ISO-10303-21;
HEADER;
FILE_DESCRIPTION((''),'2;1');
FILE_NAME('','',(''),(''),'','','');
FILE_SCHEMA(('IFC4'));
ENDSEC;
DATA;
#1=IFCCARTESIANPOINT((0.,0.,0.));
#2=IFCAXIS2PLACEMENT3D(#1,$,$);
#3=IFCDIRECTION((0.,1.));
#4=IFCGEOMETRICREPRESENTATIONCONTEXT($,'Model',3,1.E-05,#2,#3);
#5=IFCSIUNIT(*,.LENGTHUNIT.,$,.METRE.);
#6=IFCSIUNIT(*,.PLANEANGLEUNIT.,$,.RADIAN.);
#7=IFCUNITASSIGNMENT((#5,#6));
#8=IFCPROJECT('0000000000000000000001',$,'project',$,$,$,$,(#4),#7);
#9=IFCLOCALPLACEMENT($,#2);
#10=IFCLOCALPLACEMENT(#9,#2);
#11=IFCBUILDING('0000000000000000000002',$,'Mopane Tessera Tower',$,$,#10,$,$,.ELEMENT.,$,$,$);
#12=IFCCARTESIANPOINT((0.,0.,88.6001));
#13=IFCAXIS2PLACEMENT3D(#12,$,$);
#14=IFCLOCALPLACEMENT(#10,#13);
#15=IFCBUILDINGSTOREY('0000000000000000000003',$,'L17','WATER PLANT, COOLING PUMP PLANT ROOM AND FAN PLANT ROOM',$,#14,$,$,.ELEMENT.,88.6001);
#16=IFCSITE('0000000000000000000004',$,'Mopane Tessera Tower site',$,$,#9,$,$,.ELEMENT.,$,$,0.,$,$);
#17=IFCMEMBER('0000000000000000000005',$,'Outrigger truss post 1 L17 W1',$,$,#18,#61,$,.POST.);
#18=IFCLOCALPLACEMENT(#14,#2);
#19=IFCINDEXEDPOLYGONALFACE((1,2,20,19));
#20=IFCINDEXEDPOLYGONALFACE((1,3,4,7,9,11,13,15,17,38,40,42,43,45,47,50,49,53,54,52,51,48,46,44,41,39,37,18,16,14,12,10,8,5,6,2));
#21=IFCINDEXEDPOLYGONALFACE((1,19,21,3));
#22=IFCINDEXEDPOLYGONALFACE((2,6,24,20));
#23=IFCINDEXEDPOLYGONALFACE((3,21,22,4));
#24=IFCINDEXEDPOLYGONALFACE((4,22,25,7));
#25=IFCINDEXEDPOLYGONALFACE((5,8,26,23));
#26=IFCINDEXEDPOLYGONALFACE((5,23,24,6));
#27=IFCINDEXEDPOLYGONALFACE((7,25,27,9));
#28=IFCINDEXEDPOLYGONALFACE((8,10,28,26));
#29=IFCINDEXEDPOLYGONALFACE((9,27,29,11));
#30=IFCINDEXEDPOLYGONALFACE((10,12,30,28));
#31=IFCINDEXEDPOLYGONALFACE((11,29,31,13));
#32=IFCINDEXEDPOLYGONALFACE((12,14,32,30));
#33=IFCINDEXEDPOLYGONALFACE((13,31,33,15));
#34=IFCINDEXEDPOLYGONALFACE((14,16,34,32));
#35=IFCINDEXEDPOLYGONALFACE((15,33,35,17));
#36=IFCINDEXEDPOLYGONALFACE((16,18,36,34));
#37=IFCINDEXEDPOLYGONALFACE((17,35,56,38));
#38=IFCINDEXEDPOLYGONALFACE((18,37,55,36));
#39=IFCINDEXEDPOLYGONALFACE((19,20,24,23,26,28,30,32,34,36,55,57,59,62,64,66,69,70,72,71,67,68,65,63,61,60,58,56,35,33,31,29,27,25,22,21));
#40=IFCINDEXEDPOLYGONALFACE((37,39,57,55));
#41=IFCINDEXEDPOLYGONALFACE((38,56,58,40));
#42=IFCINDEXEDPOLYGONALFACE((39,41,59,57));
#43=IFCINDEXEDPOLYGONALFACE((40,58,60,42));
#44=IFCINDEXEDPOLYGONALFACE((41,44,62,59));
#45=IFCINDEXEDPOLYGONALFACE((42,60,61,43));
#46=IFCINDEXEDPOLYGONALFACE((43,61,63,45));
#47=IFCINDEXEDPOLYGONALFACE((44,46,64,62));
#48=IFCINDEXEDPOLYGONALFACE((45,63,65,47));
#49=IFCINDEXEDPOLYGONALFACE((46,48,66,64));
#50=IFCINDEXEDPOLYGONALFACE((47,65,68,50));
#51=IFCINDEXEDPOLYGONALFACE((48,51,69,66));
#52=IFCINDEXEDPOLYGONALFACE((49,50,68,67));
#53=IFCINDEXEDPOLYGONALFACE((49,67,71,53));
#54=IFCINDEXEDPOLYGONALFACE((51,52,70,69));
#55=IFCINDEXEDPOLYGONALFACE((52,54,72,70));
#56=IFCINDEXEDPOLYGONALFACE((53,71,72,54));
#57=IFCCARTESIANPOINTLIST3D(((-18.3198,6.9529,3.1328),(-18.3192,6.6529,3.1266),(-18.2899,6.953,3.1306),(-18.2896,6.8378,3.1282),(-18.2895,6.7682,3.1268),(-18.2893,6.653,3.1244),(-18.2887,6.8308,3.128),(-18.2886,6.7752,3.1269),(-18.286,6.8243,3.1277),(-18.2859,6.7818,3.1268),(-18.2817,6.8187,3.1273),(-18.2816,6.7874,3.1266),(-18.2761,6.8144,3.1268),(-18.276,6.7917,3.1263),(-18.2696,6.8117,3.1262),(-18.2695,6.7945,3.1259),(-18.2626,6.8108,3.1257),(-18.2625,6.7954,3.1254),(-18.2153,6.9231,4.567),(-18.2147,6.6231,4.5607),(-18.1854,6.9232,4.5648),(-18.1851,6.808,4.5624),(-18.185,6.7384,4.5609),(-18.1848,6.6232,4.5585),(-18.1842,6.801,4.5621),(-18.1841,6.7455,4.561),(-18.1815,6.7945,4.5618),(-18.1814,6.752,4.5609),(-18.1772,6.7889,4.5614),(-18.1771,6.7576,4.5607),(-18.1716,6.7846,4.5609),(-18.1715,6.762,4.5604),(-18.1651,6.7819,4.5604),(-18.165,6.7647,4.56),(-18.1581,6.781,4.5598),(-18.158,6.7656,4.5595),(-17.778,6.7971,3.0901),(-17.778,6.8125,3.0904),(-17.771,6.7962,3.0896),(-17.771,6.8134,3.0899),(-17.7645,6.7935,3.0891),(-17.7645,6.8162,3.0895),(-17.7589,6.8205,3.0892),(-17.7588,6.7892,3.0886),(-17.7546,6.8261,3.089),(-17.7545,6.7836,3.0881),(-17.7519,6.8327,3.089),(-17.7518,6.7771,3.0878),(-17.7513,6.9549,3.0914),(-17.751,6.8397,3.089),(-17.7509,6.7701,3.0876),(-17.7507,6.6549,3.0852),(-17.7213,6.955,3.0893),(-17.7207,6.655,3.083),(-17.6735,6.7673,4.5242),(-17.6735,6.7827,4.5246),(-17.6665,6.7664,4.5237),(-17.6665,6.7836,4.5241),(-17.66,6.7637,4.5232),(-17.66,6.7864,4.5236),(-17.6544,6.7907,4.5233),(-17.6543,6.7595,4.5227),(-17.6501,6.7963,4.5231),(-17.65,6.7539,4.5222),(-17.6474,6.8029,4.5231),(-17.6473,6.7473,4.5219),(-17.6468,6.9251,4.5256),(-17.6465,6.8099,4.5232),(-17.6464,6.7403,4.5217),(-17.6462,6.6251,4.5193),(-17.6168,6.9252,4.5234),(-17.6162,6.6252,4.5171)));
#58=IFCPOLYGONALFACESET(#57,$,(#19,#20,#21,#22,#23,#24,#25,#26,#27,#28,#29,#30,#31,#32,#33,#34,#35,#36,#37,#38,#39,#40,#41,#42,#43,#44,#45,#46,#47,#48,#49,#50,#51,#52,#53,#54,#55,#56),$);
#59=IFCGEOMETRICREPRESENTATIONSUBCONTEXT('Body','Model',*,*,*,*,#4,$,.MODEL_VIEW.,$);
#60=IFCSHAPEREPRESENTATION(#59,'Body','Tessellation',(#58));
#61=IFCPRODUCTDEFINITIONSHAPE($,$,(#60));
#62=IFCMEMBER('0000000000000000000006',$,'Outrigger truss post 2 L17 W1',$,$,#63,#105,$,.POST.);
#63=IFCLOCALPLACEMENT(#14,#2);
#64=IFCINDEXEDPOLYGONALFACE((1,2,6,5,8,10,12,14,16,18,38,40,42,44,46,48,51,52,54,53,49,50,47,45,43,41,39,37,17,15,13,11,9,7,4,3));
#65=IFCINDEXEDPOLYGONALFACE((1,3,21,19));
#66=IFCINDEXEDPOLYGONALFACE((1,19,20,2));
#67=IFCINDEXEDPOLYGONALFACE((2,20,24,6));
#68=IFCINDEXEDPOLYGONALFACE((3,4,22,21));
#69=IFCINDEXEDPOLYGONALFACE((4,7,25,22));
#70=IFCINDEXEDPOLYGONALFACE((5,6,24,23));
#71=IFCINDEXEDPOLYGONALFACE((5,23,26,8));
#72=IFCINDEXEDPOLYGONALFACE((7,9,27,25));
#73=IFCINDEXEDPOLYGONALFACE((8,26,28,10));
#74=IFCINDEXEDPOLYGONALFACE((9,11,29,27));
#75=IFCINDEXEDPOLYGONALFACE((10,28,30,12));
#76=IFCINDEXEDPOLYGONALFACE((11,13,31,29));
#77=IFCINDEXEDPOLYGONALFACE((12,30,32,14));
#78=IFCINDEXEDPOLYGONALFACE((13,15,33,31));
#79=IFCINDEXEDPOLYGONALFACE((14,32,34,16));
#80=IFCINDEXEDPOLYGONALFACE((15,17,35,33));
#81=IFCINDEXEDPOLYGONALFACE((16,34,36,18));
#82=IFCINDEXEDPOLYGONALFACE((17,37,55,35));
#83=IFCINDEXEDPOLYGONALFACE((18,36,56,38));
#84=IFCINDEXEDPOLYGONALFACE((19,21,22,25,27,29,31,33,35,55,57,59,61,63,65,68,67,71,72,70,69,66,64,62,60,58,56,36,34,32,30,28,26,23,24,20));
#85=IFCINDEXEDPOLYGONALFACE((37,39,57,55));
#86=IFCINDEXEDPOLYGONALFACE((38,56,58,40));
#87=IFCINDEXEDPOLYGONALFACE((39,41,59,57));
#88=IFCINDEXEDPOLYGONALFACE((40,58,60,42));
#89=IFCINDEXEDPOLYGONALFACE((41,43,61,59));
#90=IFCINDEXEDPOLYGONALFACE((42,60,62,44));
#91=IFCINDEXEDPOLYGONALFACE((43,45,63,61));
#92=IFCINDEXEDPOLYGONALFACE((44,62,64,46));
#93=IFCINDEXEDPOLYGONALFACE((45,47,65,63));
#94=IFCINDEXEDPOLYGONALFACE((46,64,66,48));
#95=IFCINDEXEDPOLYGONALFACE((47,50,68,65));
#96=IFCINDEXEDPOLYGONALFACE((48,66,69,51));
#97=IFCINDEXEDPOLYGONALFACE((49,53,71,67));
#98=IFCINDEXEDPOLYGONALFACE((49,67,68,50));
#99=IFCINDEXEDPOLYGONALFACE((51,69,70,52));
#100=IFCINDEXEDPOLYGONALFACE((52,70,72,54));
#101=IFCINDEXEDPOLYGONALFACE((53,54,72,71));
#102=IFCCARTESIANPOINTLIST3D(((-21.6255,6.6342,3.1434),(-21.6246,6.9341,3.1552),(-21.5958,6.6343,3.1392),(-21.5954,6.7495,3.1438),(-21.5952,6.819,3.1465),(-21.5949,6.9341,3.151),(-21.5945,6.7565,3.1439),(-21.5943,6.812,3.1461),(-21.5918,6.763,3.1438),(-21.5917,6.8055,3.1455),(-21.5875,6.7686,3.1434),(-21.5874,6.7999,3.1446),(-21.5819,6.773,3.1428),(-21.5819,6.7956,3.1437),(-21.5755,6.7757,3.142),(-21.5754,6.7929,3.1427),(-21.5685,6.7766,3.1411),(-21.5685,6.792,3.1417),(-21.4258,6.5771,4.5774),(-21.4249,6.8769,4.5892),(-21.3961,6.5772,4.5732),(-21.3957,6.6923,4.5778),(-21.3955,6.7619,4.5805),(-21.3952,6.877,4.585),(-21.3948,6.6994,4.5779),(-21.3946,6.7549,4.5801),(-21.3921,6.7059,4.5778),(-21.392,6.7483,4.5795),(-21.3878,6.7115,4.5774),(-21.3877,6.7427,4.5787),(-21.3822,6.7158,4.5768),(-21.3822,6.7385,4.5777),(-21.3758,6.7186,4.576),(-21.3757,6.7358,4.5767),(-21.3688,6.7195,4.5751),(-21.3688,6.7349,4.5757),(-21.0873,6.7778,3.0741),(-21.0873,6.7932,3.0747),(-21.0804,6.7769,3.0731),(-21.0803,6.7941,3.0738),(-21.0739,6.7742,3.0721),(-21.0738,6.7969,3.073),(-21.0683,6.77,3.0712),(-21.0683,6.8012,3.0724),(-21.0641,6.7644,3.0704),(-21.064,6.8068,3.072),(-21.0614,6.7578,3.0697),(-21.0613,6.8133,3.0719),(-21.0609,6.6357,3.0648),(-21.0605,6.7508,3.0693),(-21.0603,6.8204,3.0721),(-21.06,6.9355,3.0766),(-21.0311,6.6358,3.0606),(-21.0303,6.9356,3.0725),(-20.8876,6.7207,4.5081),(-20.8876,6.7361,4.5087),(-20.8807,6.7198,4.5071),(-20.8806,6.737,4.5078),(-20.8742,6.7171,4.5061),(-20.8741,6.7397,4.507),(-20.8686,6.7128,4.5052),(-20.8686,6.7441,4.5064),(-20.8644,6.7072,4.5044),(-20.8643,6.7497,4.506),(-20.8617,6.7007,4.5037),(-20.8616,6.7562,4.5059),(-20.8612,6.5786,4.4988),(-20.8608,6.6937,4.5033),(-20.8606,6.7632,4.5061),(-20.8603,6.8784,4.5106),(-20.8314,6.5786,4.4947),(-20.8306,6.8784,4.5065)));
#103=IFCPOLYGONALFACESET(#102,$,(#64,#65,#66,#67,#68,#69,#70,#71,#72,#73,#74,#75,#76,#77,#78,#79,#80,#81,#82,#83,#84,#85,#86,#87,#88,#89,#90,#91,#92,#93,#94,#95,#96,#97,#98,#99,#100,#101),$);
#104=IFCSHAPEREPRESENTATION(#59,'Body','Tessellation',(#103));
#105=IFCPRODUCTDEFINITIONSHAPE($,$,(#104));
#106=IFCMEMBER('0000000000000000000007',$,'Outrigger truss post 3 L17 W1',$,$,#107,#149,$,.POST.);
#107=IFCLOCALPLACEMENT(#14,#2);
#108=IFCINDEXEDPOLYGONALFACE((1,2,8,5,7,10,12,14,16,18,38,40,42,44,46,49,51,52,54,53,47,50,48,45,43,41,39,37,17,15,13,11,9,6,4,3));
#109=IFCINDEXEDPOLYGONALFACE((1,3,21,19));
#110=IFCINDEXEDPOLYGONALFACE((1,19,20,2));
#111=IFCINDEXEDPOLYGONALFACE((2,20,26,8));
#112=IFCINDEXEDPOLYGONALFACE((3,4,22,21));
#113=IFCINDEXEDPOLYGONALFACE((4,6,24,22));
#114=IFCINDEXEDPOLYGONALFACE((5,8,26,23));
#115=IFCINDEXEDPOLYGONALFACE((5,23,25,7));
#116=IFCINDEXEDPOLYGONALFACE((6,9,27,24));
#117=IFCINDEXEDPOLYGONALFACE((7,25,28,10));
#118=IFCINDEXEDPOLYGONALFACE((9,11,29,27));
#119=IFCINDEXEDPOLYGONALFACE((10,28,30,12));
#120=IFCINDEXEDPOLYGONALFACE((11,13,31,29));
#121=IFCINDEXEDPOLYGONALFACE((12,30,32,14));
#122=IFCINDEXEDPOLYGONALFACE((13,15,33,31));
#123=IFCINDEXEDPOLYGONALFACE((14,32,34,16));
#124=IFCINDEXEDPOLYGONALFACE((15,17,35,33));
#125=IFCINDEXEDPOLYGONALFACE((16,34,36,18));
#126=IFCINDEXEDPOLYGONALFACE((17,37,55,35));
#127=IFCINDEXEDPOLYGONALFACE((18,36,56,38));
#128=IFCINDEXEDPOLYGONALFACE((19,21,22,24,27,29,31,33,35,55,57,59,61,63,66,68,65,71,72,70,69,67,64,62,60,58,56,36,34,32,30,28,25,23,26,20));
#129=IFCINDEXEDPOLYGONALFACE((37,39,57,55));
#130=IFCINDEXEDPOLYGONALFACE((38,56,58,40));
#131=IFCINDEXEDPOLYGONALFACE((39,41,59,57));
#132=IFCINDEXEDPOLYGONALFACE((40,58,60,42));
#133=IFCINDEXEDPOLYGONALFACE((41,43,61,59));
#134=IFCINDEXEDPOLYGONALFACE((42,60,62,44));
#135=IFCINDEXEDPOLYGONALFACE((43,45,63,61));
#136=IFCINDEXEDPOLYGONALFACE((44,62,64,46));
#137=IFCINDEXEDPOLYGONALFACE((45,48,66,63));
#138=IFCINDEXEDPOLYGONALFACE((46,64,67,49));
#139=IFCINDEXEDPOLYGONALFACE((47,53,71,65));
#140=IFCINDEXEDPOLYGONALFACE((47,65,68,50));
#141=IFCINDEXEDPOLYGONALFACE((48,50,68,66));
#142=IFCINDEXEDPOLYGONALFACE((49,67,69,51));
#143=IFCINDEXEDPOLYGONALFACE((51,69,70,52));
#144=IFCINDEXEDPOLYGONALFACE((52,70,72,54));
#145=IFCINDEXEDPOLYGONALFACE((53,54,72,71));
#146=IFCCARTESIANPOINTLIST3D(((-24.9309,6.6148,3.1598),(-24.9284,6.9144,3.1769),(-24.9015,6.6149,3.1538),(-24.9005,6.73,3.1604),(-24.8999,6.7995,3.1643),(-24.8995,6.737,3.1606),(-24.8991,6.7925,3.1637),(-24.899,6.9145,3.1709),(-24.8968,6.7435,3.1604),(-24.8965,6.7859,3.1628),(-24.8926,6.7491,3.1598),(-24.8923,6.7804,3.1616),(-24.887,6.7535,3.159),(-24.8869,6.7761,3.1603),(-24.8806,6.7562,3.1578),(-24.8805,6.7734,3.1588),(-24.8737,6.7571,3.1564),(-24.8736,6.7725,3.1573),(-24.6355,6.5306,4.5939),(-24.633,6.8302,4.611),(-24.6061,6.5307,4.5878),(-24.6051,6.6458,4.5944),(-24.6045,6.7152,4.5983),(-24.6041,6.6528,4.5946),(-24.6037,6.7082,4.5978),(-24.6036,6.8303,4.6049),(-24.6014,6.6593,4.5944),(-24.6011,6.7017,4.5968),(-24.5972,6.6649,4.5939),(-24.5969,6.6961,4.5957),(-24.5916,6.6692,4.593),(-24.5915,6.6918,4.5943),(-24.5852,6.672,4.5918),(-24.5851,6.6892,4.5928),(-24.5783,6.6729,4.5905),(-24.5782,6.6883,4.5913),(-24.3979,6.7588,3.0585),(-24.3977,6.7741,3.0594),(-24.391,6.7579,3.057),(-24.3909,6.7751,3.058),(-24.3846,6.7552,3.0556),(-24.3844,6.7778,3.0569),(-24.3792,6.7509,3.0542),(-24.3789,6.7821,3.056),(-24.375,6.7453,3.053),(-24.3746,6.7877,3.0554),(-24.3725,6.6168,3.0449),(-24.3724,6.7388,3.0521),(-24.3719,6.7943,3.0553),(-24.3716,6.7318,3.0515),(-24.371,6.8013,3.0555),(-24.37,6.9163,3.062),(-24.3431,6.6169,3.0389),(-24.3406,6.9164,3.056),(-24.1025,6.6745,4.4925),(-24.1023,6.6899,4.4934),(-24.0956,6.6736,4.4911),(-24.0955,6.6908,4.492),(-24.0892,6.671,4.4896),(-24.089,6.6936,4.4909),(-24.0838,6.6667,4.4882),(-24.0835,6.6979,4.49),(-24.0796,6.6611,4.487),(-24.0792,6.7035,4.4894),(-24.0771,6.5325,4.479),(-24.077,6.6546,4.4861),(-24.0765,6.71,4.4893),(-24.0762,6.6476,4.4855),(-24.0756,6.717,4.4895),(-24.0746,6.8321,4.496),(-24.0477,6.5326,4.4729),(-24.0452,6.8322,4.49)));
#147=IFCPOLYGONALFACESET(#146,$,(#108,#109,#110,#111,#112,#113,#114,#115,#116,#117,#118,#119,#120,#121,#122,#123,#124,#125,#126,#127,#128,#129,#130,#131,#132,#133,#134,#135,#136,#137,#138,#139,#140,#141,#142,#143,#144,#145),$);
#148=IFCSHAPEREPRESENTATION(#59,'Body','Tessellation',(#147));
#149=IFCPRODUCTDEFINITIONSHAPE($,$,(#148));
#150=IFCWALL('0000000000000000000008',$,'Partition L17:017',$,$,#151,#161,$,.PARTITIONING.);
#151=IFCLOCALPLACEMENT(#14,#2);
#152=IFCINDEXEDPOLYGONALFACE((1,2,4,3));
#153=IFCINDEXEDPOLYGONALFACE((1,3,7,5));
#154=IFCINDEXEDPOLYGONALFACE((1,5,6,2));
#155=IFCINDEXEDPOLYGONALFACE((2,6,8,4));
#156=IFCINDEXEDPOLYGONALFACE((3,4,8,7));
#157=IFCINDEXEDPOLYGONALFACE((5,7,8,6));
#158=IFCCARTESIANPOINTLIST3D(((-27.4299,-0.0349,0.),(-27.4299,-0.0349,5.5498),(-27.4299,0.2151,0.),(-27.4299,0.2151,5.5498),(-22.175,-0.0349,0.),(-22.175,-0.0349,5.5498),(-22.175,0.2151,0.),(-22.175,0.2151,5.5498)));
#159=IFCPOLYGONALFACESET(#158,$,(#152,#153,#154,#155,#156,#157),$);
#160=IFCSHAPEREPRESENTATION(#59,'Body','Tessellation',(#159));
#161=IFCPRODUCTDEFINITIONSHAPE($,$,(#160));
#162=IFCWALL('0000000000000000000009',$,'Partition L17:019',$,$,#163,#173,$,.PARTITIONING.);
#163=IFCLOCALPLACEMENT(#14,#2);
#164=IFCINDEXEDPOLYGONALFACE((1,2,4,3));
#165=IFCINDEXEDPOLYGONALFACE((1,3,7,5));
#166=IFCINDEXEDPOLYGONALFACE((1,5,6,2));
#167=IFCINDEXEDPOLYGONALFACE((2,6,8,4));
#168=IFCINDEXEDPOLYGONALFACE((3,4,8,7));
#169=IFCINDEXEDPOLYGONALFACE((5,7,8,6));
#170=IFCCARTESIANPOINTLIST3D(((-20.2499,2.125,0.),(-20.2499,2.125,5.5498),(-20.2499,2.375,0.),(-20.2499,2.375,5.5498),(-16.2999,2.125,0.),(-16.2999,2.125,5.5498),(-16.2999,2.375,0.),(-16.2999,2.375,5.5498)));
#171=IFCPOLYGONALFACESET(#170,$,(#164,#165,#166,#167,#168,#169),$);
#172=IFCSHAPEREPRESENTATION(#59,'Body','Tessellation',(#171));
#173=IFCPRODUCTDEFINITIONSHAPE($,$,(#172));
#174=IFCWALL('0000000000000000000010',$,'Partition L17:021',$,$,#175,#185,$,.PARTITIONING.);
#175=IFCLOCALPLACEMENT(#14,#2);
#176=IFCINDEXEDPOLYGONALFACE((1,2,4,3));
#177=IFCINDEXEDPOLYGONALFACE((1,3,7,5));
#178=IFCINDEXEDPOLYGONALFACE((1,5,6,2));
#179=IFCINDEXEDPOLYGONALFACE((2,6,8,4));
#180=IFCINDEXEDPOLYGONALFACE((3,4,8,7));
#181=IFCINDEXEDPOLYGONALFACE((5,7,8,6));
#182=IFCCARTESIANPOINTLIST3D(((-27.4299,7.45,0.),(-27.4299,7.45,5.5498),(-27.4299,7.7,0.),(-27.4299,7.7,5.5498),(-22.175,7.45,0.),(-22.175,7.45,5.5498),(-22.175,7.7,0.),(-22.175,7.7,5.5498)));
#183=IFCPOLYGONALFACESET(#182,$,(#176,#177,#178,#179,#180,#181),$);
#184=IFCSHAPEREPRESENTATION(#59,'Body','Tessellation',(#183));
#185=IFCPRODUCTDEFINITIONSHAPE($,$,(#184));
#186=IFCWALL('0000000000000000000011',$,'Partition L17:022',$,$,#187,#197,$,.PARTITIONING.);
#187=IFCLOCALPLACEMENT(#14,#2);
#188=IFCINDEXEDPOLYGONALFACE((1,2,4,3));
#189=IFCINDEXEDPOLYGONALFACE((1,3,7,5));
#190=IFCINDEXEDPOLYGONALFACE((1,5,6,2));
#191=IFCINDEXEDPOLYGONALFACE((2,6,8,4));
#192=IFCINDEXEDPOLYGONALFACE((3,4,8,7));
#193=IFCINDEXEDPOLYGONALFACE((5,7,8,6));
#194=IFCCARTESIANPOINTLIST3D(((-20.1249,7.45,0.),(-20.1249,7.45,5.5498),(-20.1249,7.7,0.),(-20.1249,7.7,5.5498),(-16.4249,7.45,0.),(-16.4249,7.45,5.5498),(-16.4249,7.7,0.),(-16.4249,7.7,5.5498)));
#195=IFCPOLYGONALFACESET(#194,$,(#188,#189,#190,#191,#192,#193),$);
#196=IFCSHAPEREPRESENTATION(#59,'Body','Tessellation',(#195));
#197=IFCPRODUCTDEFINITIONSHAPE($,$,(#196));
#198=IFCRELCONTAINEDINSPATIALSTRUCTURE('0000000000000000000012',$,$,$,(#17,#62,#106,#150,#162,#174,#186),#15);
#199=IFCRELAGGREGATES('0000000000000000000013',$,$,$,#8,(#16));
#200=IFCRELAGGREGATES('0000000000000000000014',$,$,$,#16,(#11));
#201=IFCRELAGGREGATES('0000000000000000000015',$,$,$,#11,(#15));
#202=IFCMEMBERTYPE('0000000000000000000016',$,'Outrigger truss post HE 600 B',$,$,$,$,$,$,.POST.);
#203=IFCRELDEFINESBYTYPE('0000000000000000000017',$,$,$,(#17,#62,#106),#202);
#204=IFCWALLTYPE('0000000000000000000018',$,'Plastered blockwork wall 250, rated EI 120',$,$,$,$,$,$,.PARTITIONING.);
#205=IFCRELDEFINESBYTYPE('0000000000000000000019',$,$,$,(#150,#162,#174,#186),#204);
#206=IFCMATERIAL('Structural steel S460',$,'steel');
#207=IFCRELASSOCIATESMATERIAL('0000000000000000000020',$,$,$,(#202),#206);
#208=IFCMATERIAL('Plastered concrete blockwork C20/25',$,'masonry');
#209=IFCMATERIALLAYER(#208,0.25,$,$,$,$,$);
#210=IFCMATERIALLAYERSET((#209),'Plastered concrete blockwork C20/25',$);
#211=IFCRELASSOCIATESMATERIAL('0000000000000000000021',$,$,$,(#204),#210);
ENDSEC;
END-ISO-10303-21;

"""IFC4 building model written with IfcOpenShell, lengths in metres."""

from ifc_helpers import new_model, si_unit, direction, frame, frame_2d, origin, origin_2d, place, context, subcontext, project, spatial, rectangle, i_section, extrude, material, layer, layer_set, material_profile, profile_set, type_object, element, save


model = new_model("IFC4")

# Units and contexts
model_context = context("Model", 3, precision=1e-05, world=origin(), true_north=direction((0.0, 1.0)))
body_context = subcontext(model_context, "Body", "Model", "MODEL_VIEW")
ifc_project = project(units=[si_unit("LENGTHUNIT", "METRE"), si_unit("PLANEANGLEUNIT", "RADIAN")], contexts=[model_context])

# Site, building, storey
site_placement = place(None, origin())
site = spatial("IfcSite", under=ifc_project, at=site_placement, Name="Mopane Tessera Tower site", CompositionType="ELEMENT", RefElevation=0.0)
building_placement = place(site_placement, origin())
building = spatial("IfcBuilding", under=site, at=building_placement, Name="Mopane Tessera Tower", CompositionType="ELEMENT")
storey_placement = place(building_placement, frame((0.0, 0.0, 88.6001)))
storey = spatial("IfcBuildingStorey", under=building, at=storey_placement, Name="L17", Description="WATER PLANT, COOLING PUMP PLANT ROOM AND FAN PLANT ROOM", CompositionType="ELEMENT", Elevation=88.6001)

# Members
ifc_material_1 = material(Name="Structural steel S460", Category="steel")
ifc_material_profile_1 = material_profile(ifc_material_1, i_section(OverallWidth=0.3, OverallDepth=0.6001, WebThickness=0.0154, FlangeThickness=0.03, FilletRadius=0.0271, at=origin_2d()))
ifc_profile_set_1 = profile_set([ifc_material_profile_1], Name="Structural steel S460")
member_type_1 = type_object("IfcMemberType", Name="Outrigger truss post HE 600 B", PredefinedType="POST", material=ifc_profile_set_1)
member_1_placement = place(storey_placement, frame((-18.0203, 6.804, 3.1079), z_axis=(0.072655, -0.02071, 0.997142), x_axis=(0.001963, -0.999779, -0.020908)))
element("IfcMember", 1, at=member_1_placement, inside=storey, type_object=member_type_1, Name="Outrigger truss post 1 L17 W1", PredefinedType="POST", context=body_context, shape_type="SweptSolid", body=[
    extrude(i_section(OverallWidth=0.3, OverallDepth=0.6001, WebThickness=0.0154, FlangeThickness=0.03, FilletRadius=0.0271, at=origin_2d()), origin(), (0.0, 0.0, 1.0), 1.4382),
])
member_2_placement = place(storey_placement, frame((-21.3279, 6.7849, 3.1079), z_axis=(0.13782, -0.039425, 0.989672), x_axis=(-0.002944, -0.999219, -0.039395)))
element("IfcMember", 2, at=member_2_placement, inside=storey, type_object=member_type_1, Name="Outrigger truss post 2 L17 W1", PredefinedType="POST", context=body_context, shape_type="SweptSolid", body=[
    extrude(i_section(OverallWidth=0.3, OverallDepth=0.6001, WebThickness=0.0154, FlangeThickness=0.03, FilletRadius=0.0271, at=origin_2d()), origin(), (0.0, 0.0, 1.0), 1.449),
])
member_3_placement = place(storey_placement, frame((-24.6357, 6.7656, 3.1079), z_axis=(0.201423, -0.057431, 0.977819), x_axis=(-0.008307, -0.998344, -0.056925)))
element("IfcMember", 3, at=member_3_placement, inside=storey, type_object=member_type_1, Name="Outrigger truss post 3 L17 W1", PredefinedType="POST", context=body_context, shape_type="SweptSolid", body=[
    extrude(i_section(OverallWidth=0.3, OverallDepth=0.6001, WebThickness=0.0154, FlangeThickness=0.03, FilletRadius=0.0271, at=origin_2d()), origin(), (0.0, 0.0, 1.0), 1.4666),
])

# Walls
ifc_material_2 = material(Name="Plastered concrete blockwork C20/25", Category="masonry")
ifc_layer_1 = layer(ifc_material_2, 0.25)
ifc_layer_set_1 = layer_set([ifc_layer_1], Name="Plastered concrete blockwork C20/25")
wall_type = type_object("IfcWallType", Name="Plastered blockwork wall 250, rated EI 120", PredefinedType="PARTITIONING", material=ifc_layer_set_1)
wall_1_placement = place(storey_placement, frame((-27.4299, 0.0901, 0.0), z_axis=(0.0, 0.0, 1.0), x_axis=(1.0, 0.0, 0.0)))
element("IfcWall", 4, at=wall_1_placement, inside=storey, type_object=wall_type, Name="Partition L17:017", PredefinedType="PARTITIONING", context=body_context, shape_type="SweptSolid", body=[
    extrude(rectangle(XDim=5.2549, YDim=0.25, at=frame_2d((2.6274, 0.0))), origin(), (0.0, 0.0, 1.0), 5.5498),
])
wall_2_placement = place(storey_placement, frame((-20.25, 2.25, 0.0), z_axis=(0.0, 0.0, 1.0), x_axis=(1.0, 0.0, 0.0)))
element("IfcWall", 5, at=wall_2_placement, inside=storey, type_object=wall_type, Name="Partition L17:019", PredefinedType="PARTITIONING", context=body_context, shape_type="SweptSolid", body=[
    extrude(rectangle(XDim=3.95, YDim=0.25, at=frame_2d((1.9751, 0.0))), origin(), (0.0, 0.0, 1.0), 5.5498),
])
wall_3_placement = place(storey_placement, frame((-27.4299, 7.575, 0.0), z_axis=(0.0, 0.0, 1.0), x_axis=(1.0, 0.0, 0.0)))
element("IfcWall", 6, at=wall_3_placement, inside=storey, type_object=wall_type, Name="Partition L17:021", PredefinedType="PARTITIONING", context=body_context, shape_type="SweptSolid", body=[
    extrude(rectangle(XDim=5.2549, YDim=0.25, at=frame_2d((2.6274, 0.0))), origin(), (0.0, 0.0, 1.0), 5.5498),
])
wall_4_placement = place(storey_placement, frame((-20.125, 7.575, 0.0), z_axis=(0.0, 0.0, 1.0), x_axis=(1.0, 0.0, 0.0)))
element("IfcWall", 7, at=wall_4_placement, inside=storey, type_object=wall_type, Name="Partition L17:022", PredefinedType="PARTITIONING", context=body_context, shape_type="SweptSolid", body=[
    extrude(rectangle(XDim=3.7, YDim=0.25, at=frame_2d((1.8501, 0.0))), origin(), (0.0, 0.0, 1.0), 5.5498),
])

save(model, "model.ifc")
